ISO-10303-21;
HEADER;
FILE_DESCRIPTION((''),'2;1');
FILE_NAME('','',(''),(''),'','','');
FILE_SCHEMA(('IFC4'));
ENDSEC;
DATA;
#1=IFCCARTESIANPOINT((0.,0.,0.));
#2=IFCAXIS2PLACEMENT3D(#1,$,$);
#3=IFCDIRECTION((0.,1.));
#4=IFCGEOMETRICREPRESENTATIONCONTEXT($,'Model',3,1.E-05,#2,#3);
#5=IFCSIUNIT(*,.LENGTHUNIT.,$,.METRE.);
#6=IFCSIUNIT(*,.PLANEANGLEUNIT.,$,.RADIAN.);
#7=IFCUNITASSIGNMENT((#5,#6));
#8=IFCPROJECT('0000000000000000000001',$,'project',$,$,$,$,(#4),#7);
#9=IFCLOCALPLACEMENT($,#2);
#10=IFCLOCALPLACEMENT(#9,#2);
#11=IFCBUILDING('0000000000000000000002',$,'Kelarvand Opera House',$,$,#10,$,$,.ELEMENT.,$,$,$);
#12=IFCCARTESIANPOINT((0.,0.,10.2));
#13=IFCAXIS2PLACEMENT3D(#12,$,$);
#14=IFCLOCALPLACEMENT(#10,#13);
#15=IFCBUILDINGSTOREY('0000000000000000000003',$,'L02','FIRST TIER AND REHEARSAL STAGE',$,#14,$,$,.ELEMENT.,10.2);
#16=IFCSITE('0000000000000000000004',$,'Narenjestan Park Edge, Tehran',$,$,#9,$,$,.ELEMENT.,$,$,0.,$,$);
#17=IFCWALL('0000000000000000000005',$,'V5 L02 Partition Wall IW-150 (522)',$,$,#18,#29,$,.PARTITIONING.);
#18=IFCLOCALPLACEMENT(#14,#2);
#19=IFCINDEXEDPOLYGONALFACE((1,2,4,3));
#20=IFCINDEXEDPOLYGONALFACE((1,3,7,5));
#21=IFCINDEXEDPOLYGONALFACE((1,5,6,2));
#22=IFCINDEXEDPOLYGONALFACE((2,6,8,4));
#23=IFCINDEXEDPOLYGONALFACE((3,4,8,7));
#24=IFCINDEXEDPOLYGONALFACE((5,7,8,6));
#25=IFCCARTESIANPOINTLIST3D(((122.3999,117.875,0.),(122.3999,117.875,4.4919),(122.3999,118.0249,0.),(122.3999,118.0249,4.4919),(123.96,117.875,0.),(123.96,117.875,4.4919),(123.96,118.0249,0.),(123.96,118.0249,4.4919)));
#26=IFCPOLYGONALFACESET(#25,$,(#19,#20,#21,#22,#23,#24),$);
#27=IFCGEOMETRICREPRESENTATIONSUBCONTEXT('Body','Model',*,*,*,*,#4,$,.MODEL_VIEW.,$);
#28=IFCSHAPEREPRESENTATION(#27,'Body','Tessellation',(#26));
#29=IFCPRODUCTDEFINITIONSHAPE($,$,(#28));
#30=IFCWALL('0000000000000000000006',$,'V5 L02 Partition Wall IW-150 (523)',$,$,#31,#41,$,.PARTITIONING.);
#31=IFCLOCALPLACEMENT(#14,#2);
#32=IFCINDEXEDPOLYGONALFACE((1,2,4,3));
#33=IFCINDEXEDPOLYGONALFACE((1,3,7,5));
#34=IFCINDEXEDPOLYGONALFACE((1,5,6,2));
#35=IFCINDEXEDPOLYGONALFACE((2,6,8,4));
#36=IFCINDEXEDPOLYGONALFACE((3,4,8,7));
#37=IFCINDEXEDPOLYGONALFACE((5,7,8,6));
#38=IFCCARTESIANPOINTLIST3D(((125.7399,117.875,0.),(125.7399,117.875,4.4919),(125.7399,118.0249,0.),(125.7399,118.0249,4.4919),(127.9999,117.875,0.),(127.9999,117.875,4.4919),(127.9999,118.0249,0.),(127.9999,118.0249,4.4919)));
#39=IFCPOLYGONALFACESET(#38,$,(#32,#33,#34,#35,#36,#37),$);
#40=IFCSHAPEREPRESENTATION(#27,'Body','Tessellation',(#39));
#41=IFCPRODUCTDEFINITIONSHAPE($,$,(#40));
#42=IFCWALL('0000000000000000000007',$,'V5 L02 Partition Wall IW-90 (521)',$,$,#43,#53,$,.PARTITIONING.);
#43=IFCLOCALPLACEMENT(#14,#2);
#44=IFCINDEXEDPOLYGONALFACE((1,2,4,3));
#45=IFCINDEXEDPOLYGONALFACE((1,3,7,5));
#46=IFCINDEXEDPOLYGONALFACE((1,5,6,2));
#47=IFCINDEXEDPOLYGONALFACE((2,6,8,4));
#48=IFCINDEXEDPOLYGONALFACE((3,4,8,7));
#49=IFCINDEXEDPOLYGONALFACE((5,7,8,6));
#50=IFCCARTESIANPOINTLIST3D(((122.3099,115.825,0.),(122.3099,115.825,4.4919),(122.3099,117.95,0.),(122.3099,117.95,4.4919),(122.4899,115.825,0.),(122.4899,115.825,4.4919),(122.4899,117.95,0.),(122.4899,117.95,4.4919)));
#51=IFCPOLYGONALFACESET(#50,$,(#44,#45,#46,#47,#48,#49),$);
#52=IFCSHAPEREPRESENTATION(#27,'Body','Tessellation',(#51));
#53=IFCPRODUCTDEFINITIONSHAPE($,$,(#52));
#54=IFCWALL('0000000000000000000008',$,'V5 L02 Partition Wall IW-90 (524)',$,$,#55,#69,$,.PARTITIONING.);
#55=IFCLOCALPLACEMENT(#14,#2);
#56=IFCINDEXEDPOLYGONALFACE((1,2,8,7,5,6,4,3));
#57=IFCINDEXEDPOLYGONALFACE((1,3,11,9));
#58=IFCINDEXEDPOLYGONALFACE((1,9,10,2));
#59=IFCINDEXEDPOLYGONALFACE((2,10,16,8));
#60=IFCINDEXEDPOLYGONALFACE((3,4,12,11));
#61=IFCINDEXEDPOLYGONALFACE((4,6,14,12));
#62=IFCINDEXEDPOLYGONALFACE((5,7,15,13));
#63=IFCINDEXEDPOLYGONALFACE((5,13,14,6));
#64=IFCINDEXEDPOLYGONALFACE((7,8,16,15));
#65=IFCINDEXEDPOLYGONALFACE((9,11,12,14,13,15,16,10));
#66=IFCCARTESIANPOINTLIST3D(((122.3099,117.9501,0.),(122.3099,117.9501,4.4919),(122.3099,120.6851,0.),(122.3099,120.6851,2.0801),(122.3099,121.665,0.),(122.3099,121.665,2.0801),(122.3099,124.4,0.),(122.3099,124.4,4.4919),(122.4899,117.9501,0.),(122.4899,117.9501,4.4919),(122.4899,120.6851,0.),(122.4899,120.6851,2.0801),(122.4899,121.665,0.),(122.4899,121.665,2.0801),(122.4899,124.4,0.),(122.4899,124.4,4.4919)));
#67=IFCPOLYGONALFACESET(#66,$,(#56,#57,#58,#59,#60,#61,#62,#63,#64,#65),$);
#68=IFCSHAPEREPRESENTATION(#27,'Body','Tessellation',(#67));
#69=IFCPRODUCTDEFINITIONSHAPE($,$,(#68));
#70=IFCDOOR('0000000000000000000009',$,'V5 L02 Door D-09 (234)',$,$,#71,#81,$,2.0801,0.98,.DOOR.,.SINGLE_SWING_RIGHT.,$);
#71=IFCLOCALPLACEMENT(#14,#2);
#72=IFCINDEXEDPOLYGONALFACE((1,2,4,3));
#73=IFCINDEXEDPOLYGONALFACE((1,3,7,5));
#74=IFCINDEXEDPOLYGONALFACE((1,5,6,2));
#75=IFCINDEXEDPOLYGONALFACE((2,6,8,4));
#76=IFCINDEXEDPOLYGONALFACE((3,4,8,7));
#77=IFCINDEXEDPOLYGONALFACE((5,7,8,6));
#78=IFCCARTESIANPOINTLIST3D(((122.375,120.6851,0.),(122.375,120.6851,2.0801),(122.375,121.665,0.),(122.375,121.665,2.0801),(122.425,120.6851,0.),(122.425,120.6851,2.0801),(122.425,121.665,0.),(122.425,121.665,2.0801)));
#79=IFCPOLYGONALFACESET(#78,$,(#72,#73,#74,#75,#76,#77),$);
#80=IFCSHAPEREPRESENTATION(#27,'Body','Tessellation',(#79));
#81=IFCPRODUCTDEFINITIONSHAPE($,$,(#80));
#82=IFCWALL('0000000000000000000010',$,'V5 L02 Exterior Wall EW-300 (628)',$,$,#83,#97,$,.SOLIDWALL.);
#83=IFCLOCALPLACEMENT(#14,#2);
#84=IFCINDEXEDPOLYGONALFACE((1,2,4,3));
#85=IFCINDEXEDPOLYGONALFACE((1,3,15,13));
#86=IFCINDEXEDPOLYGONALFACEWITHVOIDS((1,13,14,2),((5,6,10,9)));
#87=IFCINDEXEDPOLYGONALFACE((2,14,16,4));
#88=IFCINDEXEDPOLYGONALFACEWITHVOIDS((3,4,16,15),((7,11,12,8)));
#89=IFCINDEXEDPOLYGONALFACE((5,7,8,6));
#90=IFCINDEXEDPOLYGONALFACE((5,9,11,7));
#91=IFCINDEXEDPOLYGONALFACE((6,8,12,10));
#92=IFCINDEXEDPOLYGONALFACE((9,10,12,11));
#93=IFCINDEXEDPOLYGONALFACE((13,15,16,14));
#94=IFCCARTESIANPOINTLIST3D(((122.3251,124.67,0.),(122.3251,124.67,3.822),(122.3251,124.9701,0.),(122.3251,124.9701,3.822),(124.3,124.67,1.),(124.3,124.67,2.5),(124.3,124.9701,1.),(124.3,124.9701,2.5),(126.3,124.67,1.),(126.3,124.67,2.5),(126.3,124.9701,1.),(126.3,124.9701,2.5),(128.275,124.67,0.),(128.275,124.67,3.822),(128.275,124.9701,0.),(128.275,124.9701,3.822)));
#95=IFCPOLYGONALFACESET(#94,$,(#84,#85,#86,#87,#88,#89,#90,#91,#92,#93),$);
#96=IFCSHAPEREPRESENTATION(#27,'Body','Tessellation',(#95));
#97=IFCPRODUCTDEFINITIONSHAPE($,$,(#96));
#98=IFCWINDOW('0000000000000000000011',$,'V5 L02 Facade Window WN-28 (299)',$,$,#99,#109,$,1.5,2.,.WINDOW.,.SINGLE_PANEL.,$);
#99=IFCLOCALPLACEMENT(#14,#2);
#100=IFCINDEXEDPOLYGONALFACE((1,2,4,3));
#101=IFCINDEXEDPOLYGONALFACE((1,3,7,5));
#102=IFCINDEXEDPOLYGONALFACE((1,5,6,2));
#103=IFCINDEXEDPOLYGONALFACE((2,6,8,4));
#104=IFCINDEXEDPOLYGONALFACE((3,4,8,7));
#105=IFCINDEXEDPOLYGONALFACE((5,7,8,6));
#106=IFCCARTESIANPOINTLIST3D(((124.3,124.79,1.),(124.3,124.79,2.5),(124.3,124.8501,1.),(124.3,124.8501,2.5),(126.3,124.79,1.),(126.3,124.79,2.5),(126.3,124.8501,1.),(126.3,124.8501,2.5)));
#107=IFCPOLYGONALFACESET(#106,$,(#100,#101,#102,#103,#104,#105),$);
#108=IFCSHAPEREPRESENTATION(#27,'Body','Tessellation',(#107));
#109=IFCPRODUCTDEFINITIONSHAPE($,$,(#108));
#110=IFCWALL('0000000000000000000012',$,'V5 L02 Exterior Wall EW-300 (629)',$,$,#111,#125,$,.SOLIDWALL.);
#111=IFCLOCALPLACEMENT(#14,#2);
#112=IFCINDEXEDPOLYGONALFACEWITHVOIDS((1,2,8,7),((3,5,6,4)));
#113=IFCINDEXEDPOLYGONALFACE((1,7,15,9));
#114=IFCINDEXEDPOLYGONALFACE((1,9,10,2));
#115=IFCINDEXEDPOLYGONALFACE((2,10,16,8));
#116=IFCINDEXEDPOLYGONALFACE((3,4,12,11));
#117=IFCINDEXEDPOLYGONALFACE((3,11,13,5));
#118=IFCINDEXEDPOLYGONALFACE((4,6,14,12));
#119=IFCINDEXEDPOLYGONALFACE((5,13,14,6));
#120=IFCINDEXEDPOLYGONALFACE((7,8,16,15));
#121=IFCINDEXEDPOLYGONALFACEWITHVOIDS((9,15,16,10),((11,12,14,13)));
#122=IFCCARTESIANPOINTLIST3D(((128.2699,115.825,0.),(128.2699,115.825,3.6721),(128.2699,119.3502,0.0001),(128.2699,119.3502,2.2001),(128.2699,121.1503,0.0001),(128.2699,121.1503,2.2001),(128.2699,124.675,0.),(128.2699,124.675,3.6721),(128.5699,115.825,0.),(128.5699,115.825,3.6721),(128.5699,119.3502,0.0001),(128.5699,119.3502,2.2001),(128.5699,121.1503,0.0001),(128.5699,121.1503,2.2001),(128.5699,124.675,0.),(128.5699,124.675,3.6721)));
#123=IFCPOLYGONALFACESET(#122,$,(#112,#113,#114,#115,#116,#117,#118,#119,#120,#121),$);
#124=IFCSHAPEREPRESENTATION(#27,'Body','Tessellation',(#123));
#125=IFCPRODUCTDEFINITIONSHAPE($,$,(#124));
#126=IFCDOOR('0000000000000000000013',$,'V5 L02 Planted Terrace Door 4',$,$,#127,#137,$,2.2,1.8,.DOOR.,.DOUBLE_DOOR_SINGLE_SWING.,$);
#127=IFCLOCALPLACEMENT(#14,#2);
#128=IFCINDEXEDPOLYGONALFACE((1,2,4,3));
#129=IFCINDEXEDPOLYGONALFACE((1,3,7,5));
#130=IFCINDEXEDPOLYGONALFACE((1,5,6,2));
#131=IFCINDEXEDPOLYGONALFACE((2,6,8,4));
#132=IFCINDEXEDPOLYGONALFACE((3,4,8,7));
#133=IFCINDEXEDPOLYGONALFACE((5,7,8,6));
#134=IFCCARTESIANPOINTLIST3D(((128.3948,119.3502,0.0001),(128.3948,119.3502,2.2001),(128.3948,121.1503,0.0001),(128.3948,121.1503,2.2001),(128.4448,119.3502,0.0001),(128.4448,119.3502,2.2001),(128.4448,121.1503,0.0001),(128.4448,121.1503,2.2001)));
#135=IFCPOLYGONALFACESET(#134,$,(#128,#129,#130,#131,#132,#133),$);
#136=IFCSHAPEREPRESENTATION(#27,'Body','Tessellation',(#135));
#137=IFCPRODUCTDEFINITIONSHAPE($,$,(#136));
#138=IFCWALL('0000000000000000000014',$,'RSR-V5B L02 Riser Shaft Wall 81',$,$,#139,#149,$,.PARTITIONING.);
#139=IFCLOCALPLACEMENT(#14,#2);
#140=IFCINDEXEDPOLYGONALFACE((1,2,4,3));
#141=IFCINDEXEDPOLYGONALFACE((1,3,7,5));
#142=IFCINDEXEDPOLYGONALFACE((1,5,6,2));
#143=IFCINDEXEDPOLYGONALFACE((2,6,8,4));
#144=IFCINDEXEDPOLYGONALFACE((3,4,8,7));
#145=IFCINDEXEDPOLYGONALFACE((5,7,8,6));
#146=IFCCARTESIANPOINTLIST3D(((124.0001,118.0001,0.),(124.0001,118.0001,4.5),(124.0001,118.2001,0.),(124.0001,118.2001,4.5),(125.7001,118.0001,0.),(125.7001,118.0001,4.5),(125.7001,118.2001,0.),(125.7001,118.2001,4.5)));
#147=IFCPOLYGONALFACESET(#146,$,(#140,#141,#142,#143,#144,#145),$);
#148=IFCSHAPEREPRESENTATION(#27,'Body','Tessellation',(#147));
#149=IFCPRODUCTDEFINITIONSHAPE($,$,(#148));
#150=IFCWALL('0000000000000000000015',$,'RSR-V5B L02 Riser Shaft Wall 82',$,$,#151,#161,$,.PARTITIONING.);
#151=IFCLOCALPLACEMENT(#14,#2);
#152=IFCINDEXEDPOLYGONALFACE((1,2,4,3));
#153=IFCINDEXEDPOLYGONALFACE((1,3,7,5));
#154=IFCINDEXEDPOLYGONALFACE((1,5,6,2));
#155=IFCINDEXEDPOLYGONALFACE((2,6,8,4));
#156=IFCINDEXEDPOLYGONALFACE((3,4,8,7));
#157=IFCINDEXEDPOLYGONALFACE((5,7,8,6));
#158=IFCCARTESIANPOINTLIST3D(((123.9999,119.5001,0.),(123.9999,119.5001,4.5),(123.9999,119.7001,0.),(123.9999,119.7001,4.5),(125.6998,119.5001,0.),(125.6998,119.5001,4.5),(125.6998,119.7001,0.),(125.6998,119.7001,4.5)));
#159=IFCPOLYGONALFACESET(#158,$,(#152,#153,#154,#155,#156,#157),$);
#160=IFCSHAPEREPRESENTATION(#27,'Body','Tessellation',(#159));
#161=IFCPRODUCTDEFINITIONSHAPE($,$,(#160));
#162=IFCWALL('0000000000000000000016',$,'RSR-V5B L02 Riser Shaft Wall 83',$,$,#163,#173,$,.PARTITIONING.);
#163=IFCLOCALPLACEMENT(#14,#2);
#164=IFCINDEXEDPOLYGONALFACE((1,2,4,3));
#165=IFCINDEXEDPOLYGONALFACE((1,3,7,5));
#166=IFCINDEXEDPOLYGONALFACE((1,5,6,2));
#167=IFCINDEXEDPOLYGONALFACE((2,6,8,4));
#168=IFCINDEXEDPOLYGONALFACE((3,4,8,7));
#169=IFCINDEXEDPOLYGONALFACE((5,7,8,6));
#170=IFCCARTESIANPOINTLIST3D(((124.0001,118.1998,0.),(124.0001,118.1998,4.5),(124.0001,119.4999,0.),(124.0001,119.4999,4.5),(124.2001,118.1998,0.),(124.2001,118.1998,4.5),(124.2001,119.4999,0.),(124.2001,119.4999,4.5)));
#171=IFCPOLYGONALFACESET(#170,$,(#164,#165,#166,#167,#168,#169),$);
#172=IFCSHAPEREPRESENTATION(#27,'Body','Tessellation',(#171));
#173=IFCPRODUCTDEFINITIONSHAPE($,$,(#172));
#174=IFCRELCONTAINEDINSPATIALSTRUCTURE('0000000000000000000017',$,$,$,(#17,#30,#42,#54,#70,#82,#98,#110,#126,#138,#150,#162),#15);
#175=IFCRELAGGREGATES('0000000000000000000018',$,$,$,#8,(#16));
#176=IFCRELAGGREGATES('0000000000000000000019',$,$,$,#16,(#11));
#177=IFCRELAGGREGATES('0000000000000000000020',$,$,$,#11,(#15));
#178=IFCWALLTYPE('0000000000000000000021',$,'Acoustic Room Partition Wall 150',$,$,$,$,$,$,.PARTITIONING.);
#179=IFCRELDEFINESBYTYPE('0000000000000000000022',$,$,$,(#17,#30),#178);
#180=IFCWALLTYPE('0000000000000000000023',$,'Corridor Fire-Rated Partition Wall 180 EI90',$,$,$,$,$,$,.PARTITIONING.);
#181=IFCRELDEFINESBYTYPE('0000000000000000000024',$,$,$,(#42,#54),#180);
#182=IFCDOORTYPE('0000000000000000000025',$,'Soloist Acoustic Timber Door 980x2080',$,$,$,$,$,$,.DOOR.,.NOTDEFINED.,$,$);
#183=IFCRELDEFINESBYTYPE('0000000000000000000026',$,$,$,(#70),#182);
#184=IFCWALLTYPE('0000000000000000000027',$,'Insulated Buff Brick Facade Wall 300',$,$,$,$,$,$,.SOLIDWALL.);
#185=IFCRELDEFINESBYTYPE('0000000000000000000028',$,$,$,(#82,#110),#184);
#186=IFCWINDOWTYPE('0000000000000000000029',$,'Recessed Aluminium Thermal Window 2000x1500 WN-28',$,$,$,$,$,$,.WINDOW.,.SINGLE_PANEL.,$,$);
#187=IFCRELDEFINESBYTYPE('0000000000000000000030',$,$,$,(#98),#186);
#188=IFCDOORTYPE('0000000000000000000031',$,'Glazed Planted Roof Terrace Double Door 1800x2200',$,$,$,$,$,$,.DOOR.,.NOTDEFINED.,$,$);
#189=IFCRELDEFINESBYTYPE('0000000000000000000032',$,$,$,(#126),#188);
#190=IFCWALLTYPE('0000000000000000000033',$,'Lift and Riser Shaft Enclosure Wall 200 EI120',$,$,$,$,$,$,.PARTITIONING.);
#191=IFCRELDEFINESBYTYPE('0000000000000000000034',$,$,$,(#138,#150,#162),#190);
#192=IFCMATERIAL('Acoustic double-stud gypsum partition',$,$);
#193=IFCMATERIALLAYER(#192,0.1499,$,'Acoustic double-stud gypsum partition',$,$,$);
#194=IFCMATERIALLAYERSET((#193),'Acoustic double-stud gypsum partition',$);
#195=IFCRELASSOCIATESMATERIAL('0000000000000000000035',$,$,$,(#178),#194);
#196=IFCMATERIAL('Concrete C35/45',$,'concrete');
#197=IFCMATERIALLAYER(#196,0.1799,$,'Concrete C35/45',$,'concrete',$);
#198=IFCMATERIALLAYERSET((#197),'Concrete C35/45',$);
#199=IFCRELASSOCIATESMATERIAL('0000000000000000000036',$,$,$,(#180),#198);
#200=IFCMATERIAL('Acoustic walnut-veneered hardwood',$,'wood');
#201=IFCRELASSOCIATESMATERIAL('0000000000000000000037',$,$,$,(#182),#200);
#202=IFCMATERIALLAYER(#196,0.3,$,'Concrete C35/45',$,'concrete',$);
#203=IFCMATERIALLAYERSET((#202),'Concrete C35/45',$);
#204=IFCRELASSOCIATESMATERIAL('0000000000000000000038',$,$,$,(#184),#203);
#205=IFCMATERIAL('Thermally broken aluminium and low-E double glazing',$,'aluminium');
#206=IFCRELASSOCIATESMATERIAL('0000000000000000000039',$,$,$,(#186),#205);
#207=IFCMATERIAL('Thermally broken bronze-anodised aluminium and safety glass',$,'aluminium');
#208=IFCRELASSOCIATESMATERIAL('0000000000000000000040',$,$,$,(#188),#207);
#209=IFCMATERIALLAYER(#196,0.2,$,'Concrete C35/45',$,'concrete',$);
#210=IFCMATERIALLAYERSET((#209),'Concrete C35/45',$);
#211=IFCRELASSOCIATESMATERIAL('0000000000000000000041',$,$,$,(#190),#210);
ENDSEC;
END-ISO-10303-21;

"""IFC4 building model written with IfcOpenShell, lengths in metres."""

from ifc_helpers import new_model, si_unit, direction, frame, frame_2d, origin, place, context, subcontext, project, spatial, rectangle, extrude, material, layer, layer_set, type_object, element, fill, save


model = new_model("IFC4")

# Units and contexts
model_context = context("Model", 3, precision=1e-05, world=origin(), true_north=direction((0.0, 1.0)))
body_context = subcontext(model_context, "Body", "Model", "MODEL_VIEW")
ifc_project = project(units=[si_unit("LENGTHUNIT", "METRE"), si_unit("PLANEANGLEUNIT", "RADIAN")], contexts=[model_context])

# Site, building, storey
site_placement = place(None, origin())
site = spatial("IfcSite", under=ifc_project, at=site_placement, Name="Narenjestan Park Edge, Tehran", CompositionType="ELEMENT", RefElevation=0.0)
building_placement = place(site_placement, origin())
building = spatial("IfcBuilding", under=site, at=building_placement, Name="Kelarvand Opera House", CompositionType="ELEMENT")
storey_placement = place(building_placement, frame((0.0, 0.0, 10.2)))
storey = spatial("IfcBuildingStorey", under=building, at=storey_placement, Name="L02", Description="FIRST TIER AND REHEARSAL STAGE", CompositionType="ELEMENT", Elevation=10.2)

# Walls
ifc_material_1 = material(Name="Acoustic double-stud gypsum partition")
ifc_layer_1 = layer(ifc_material_1, 0.1499, Name="Acoustic double-stud gypsum partition")
ifc_layer_set_1 = layer_set([ifc_layer_1], Name="Acoustic double-stud gypsum partition")
wall_type_1 = type_object("IfcWallType", Name="Acoustic Room Partition Wall 150", PredefinedType="PARTITIONING", material=ifc_layer_set_1)
wall_1_placement = place(storey_placement, frame((122.3999, 117.95, 0.0), z_axis=(0.0, 0.0, 1.0), x_axis=(1.0, 0.0, 0.0)))
element("IfcWall", 1, at=wall_1_placement, inside=storey, type_object=wall_type_1, Name="V5 L02 Partition Wall IW-150 (522)", PredefinedType="PARTITIONING", context=body_context, shape_type="SweptSolid", body=[
    extrude(rectangle(XDim=1.5601, YDim=0.1499, at=frame_2d((0.78, 0.0))), origin(), (0.0, 0.0, 1.0), 4.4919),
])
wall_2_placement = place(storey_placement, frame((125.74, 117.95, 0.0), z_axis=(0.0, 0.0, 1.0), x_axis=(1.0, 0.0, 0.0)))
element("IfcWall", 2, at=wall_2_placement, inside=storey, type_object=wall_type_1, Name="V5 L02 Partition Wall IW-150 (523)", PredefinedType="PARTITIONING", context=body_context, shape_type="SweptSolid", body=[
    extrude(rectangle(XDim=2.26, YDim=0.1499, at=frame_2d((1.1299, 0.0))), origin(), (0.0, 0.0, 1.0), 4.4919),
])
ifc_material_2 = material(Name="Concrete C35/45", Category="concrete")
ifc_layer_2 = layer(ifc_material_2, 0.1799, Name="Concrete C35/45", Category="concrete")
ifc_layer_set_2 = layer_set([ifc_layer_2], Name="Concrete C35/45")
wall_type_2 = type_object("IfcWallType", Name="Corridor Fire-Rated Partition Wall 180 EI90", PredefinedType="PARTITIONING", material=ifc_layer_set_2)
wall_3_placement = place(storey_placement, frame((122.3999, 115.825, 0.0), z_axis=(0.0, 0.0, 1.0), x_axis=(0.0, 1.0, 0.0)))
element("IfcWall", 3, at=wall_3_placement, inside=storey, type_object=wall_type_2, Name="V5 L02 Partition Wall IW-90 (521)", PredefinedType="PARTITIONING", context=body_context, shape_type="SweptSolid", body=[
    extrude(rectangle(XDim=2.125, YDim=0.1799, at=frame_2d((1.0625, 0.0))), origin(), (0.0, 0.0, 1.0), 4.4919),
])

# Wall, opening, door
wall_4_placement = place(storey_placement, frame((122.3999, 117.95, 0.0), z_axis=(0.0, 0.0, 1.0), x_axis=(0.0, 1.0, 0.0)))
wall_4 = element("IfcWall", 4, at=wall_4_placement, inside=storey, type_object=wall_type_2, Name="V5 L02 Partition Wall IW-90 (524)", PredefinedType="PARTITIONING", context=body_context, shape_type="SweptSolid", body=[
    extrude(rectangle(XDim=6.45, YDim=0.1799, at=frame_2d((3.2251, 0.0))), origin(), (0.0, 0.0, 1.0), 4.4919),
])
opening_1_placement = place(wall_4_placement, frame((2.7351, 0.0, 0.0)))
opening_1 = element("IfcOpeningElement", 5, at=opening_1_placement, cuts=wall_4, PredefinedType="OPENING", context=body_context, shape_type="SweptSolid", body=[
    extrude(rectangle(XDim=0.98, YDim=2.0801, at=frame_2d((0.49, 1.04))), frame((0.0, 0.1001, 0.0), z_axis=(0.0, -1.0, 0.0), x_axis=(1.0, 0.0, 0.0)), (0.0, 0.0, 1.0), 0.2),
])
ifc_material_3 = material(Name="Acoustic walnut-veneered hardwood", Category="wood")
door_type_1 = type_object("IfcDoorType", Name="Soloist Acoustic Timber Door 980x2080", OperationType="NOTDEFINED", PredefinedType="DOOR", material=ifc_material_3)
door_1_placement = place(opening_1_placement, origin())
door_1 = element("IfcDoor", 6, at=door_1_placement, inside=storey, type_object=door_type_1, Name="V5 L02 Door D-09 (234)", OperationType="SINGLE_SWING_RIGHT", OverallHeight=2.0801, OverallWidth=0.98, PredefinedType="DOOR", context=body_context, shape_type="SweptSolid", body=[
    extrude(rectangle(XDim=0.98, YDim=2.0801, at=frame_2d((0.49, 1.04))), frame((0.0, 0.0249, 0.0), z_axis=(0.0, -1.0, 0.0), x_axis=(1.0, 0.0, 0.0)), (0.0, 0.0, 1.0), 0.05),
])
fill(opening_1, door_1)

# Wall, opening, window
ifc_layer_3 = layer(ifc_material_2, 0.3, Name="Concrete C35/45", Category="concrete")
ifc_layer_set_3 = layer_set([ifc_layer_3], Name="Concrete C35/45")
wall_type_3 = type_object("IfcWallType", Name="Insulated Buff Brick Facade Wall 300", PredefinedType="SOLIDWALL", material=ifc_layer_set_3)
wall_5_placement = place(storey_placement, frame((122.325, 124.8201, 0.0), z_axis=(0.0, 0.0, 1.0), x_axis=(1.0, 0.0, 0.0)))
wall_5 = element("IfcWall", 7, at=wall_5_placement, inside=storey, type_object=wall_type_3, Name="V5 L02 Exterior Wall EW-300 (628)", PredefinedType="SOLIDWALL", context=body_context, shape_type="SweptSolid", body=[
    extrude(rectangle(XDim=5.95, YDim=0.3, at=frame_2d((2.9751, 0.0))), origin(), (0.0, 0.0, 1.0), 3.822),
])
opening_2_placement = place(wall_5_placement, frame((1.9751, 0.0, 1.0)))
opening_2 = element("IfcOpeningElement", 8, at=opening_2_placement, cuts=wall_5, PredefinedType="OPENING", context=body_context, shape_type="SweptSolid", body=[
    extrude(rectangle(XDim=2.0, YDim=1.5, at=frame_2d((1.0, 0.75))), frame((0.0, 0.1602, 0.0), z_axis=(0.0, -1.0, 0.0), x_axis=(1.0, 0.0, 0.0)), (0.0, 0.0, 1.0), 0.3201),
])
ifc_material_4 = material(Name="Thermally broken aluminium and low-E double glazing", Category="aluminium")
window_type = type_object("IfcWindowType", Name="Recessed Aluminium Thermal Window 2000x1500 WN-28", PartitioningType="SINGLE_PANEL", PredefinedType="WINDOW", material=ifc_material_4)
window_placement = place(opening_2_placement, origin())
window = element("IfcWindow", 9, at=window_placement, inside=storey, type_object=window_type, Name="V5 L02 Facade Window WN-28 (299)", OverallHeight=1.5, OverallWidth=2.0, PartitioningType="SINGLE_PANEL", PredefinedType="WINDOW", context=body_context, shape_type="SweptSolid", body=[
    extrude(rectangle(XDim=2.0, YDim=1.5, at=frame_2d((1.0, 0.75))), frame((0.0, 0.03, 0.0), z_axis=(0.0, -1.0, 0.0), x_axis=(1.0, 0.0, 0.0)), (0.0, 0.0, 1.0), 0.0601),
])
fill(opening_2, window)

# Wall, opening, door
wall_6_placement = place(storey_placement, frame((128.4199, 124.675, 0.0), z_axis=(0.0, 0.0, 1.0), x_axis=(0.0, -1.0, 0.0)))
wall_6 = element("IfcWall", 10, at=wall_6_placement, inside=storey, type_object=wall_type_3, Name="V5 L02 Exterior Wall EW-300 (629)", PredefinedType="SOLIDWALL", context=body_context, shape_type="SweptSolid", body=[
    extrude(rectangle(XDim=8.8501, YDim=0.3, at=frame_2d((4.425, 0.0))), origin(), (0.0, 0.0, 1.0), 3.6721),
])
opening_3_placement = place(wall_6_placement, frame((3.5249, 0.0, 0.0)))
opening_3 = element("IfcOpeningElement", 11, at=opening_3_placement, cuts=wall_6, PredefinedType="OPENING", context=body_context, shape_type="SweptSolid", body=[
    extrude(rectangle(XDim=1.8, YDim=2.2, at=frame_2d((0.8999, 1.1001))), frame((0.0, 0.1602, 0.0), z_axis=(0.0, -1.0, 0.0), x_axis=(1.0, 0.0, 0.0)), (0.0, 0.0, 1.0), 0.3201),
])
ifc_material_5 = material(Name="Thermally broken bronze-anodised aluminium and safety glass", Category="aluminium")
door_type_2 = type_object("IfcDoorType", Name="Glazed Planted Roof Terrace Double Door 1800x2200", OperationType="NOTDEFINED", PredefinedType="DOOR", material=ifc_material_5)
door_2_placement = place(opening_3_placement, origin())
door_2 = element("IfcDoor", 12, at=door_2_placement, inside=storey, type_object=door_type_2, Name="V5 L02 Planted Terrace Door 4", OperationType="DOUBLE_DOOR_SINGLE_SWING", OverallHeight=2.2, OverallWidth=1.8, PredefinedType="DOOR", context=body_context, shape_type="SweptSolid", body=[
    extrude(rectangle(XDim=1.8, YDim=2.2, at=frame_2d((0.8999, 1.1001))), frame((0.0, 0.0249, 0.0), z_axis=(0.0, -1.0, 0.0), x_axis=(1.0, 0.0, 0.0)), (0.0, 0.0, 1.0), 0.05),
])
fill(opening_3, door_2)

# Walls
ifc_layer_4 = layer(ifc_material_2, 0.2, Name="Concrete C35/45", Category="concrete")
ifc_layer_set_4 = layer_set([ifc_layer_4], Name="Concrete C35/45")
wall_type_4 = type_object("IfcWallType", Name="Lift and Riser Shaft Enclosure Wall 200 EI120", PredefinedType="PARTITIONING", material=ifc_layer_set_4)
for number, where, z_axis, x_axis, name in (
    (13, (124.0, 118.1001, 0.0), (0.0, 0.0, 1.0), (1.0, 0.0, 0.0), "RSR-V5B L02 Riser Shaft Wall 81"),
    (14, (125.7, 119.6001, 0.0), (0.0, 0.0, 1.0), (-1.0, 0.0, 0.0), "RSR-V5B L02 Riser Shaft Wall 82"),
):
    element("IfcWall", number, at=place(storey_placement, frame(where, z_axis=z_axis, x_axis=x_axis)), inside=storey, type_object=wall_type_4, Name=name, PredefinedType="PARTITIONING", context=body_context, shape_type="SweptSolid", body=[
        extrude(rectangle(XDim=1.7, YDim=0.2, at=frame_2d((0.8501, 0.0))), origin(), (0.0, 0.0, 1.0), 4.5),
    ])
for number, where, z_axis, x_axis, name in (
    (15, (124.1001, 118.2, 0.0), (0.0, 0.0, 1.0), (0.0, 1.0, 0.0), "RSR-V5B L02 Riser Shaft Wall 83"),
):
    element("IfcWall", number, at=place(storey_placement, frame(where, z_axis=z_axis, x_axis=x_axis)), inside=storey, type_object=wall_type_4, Name=name, PredefinedType="PARTITIONING", context=body_context, shape_type="SweptSolid", body=[
        extrude(rectangle(XDim=1.3, YDim=0.2, at=frame_2d((0.6499, 0.0))), origin(), (0.0, 0.0, 1.0), 4.5),
    ])

save(model, "model.ifc")
